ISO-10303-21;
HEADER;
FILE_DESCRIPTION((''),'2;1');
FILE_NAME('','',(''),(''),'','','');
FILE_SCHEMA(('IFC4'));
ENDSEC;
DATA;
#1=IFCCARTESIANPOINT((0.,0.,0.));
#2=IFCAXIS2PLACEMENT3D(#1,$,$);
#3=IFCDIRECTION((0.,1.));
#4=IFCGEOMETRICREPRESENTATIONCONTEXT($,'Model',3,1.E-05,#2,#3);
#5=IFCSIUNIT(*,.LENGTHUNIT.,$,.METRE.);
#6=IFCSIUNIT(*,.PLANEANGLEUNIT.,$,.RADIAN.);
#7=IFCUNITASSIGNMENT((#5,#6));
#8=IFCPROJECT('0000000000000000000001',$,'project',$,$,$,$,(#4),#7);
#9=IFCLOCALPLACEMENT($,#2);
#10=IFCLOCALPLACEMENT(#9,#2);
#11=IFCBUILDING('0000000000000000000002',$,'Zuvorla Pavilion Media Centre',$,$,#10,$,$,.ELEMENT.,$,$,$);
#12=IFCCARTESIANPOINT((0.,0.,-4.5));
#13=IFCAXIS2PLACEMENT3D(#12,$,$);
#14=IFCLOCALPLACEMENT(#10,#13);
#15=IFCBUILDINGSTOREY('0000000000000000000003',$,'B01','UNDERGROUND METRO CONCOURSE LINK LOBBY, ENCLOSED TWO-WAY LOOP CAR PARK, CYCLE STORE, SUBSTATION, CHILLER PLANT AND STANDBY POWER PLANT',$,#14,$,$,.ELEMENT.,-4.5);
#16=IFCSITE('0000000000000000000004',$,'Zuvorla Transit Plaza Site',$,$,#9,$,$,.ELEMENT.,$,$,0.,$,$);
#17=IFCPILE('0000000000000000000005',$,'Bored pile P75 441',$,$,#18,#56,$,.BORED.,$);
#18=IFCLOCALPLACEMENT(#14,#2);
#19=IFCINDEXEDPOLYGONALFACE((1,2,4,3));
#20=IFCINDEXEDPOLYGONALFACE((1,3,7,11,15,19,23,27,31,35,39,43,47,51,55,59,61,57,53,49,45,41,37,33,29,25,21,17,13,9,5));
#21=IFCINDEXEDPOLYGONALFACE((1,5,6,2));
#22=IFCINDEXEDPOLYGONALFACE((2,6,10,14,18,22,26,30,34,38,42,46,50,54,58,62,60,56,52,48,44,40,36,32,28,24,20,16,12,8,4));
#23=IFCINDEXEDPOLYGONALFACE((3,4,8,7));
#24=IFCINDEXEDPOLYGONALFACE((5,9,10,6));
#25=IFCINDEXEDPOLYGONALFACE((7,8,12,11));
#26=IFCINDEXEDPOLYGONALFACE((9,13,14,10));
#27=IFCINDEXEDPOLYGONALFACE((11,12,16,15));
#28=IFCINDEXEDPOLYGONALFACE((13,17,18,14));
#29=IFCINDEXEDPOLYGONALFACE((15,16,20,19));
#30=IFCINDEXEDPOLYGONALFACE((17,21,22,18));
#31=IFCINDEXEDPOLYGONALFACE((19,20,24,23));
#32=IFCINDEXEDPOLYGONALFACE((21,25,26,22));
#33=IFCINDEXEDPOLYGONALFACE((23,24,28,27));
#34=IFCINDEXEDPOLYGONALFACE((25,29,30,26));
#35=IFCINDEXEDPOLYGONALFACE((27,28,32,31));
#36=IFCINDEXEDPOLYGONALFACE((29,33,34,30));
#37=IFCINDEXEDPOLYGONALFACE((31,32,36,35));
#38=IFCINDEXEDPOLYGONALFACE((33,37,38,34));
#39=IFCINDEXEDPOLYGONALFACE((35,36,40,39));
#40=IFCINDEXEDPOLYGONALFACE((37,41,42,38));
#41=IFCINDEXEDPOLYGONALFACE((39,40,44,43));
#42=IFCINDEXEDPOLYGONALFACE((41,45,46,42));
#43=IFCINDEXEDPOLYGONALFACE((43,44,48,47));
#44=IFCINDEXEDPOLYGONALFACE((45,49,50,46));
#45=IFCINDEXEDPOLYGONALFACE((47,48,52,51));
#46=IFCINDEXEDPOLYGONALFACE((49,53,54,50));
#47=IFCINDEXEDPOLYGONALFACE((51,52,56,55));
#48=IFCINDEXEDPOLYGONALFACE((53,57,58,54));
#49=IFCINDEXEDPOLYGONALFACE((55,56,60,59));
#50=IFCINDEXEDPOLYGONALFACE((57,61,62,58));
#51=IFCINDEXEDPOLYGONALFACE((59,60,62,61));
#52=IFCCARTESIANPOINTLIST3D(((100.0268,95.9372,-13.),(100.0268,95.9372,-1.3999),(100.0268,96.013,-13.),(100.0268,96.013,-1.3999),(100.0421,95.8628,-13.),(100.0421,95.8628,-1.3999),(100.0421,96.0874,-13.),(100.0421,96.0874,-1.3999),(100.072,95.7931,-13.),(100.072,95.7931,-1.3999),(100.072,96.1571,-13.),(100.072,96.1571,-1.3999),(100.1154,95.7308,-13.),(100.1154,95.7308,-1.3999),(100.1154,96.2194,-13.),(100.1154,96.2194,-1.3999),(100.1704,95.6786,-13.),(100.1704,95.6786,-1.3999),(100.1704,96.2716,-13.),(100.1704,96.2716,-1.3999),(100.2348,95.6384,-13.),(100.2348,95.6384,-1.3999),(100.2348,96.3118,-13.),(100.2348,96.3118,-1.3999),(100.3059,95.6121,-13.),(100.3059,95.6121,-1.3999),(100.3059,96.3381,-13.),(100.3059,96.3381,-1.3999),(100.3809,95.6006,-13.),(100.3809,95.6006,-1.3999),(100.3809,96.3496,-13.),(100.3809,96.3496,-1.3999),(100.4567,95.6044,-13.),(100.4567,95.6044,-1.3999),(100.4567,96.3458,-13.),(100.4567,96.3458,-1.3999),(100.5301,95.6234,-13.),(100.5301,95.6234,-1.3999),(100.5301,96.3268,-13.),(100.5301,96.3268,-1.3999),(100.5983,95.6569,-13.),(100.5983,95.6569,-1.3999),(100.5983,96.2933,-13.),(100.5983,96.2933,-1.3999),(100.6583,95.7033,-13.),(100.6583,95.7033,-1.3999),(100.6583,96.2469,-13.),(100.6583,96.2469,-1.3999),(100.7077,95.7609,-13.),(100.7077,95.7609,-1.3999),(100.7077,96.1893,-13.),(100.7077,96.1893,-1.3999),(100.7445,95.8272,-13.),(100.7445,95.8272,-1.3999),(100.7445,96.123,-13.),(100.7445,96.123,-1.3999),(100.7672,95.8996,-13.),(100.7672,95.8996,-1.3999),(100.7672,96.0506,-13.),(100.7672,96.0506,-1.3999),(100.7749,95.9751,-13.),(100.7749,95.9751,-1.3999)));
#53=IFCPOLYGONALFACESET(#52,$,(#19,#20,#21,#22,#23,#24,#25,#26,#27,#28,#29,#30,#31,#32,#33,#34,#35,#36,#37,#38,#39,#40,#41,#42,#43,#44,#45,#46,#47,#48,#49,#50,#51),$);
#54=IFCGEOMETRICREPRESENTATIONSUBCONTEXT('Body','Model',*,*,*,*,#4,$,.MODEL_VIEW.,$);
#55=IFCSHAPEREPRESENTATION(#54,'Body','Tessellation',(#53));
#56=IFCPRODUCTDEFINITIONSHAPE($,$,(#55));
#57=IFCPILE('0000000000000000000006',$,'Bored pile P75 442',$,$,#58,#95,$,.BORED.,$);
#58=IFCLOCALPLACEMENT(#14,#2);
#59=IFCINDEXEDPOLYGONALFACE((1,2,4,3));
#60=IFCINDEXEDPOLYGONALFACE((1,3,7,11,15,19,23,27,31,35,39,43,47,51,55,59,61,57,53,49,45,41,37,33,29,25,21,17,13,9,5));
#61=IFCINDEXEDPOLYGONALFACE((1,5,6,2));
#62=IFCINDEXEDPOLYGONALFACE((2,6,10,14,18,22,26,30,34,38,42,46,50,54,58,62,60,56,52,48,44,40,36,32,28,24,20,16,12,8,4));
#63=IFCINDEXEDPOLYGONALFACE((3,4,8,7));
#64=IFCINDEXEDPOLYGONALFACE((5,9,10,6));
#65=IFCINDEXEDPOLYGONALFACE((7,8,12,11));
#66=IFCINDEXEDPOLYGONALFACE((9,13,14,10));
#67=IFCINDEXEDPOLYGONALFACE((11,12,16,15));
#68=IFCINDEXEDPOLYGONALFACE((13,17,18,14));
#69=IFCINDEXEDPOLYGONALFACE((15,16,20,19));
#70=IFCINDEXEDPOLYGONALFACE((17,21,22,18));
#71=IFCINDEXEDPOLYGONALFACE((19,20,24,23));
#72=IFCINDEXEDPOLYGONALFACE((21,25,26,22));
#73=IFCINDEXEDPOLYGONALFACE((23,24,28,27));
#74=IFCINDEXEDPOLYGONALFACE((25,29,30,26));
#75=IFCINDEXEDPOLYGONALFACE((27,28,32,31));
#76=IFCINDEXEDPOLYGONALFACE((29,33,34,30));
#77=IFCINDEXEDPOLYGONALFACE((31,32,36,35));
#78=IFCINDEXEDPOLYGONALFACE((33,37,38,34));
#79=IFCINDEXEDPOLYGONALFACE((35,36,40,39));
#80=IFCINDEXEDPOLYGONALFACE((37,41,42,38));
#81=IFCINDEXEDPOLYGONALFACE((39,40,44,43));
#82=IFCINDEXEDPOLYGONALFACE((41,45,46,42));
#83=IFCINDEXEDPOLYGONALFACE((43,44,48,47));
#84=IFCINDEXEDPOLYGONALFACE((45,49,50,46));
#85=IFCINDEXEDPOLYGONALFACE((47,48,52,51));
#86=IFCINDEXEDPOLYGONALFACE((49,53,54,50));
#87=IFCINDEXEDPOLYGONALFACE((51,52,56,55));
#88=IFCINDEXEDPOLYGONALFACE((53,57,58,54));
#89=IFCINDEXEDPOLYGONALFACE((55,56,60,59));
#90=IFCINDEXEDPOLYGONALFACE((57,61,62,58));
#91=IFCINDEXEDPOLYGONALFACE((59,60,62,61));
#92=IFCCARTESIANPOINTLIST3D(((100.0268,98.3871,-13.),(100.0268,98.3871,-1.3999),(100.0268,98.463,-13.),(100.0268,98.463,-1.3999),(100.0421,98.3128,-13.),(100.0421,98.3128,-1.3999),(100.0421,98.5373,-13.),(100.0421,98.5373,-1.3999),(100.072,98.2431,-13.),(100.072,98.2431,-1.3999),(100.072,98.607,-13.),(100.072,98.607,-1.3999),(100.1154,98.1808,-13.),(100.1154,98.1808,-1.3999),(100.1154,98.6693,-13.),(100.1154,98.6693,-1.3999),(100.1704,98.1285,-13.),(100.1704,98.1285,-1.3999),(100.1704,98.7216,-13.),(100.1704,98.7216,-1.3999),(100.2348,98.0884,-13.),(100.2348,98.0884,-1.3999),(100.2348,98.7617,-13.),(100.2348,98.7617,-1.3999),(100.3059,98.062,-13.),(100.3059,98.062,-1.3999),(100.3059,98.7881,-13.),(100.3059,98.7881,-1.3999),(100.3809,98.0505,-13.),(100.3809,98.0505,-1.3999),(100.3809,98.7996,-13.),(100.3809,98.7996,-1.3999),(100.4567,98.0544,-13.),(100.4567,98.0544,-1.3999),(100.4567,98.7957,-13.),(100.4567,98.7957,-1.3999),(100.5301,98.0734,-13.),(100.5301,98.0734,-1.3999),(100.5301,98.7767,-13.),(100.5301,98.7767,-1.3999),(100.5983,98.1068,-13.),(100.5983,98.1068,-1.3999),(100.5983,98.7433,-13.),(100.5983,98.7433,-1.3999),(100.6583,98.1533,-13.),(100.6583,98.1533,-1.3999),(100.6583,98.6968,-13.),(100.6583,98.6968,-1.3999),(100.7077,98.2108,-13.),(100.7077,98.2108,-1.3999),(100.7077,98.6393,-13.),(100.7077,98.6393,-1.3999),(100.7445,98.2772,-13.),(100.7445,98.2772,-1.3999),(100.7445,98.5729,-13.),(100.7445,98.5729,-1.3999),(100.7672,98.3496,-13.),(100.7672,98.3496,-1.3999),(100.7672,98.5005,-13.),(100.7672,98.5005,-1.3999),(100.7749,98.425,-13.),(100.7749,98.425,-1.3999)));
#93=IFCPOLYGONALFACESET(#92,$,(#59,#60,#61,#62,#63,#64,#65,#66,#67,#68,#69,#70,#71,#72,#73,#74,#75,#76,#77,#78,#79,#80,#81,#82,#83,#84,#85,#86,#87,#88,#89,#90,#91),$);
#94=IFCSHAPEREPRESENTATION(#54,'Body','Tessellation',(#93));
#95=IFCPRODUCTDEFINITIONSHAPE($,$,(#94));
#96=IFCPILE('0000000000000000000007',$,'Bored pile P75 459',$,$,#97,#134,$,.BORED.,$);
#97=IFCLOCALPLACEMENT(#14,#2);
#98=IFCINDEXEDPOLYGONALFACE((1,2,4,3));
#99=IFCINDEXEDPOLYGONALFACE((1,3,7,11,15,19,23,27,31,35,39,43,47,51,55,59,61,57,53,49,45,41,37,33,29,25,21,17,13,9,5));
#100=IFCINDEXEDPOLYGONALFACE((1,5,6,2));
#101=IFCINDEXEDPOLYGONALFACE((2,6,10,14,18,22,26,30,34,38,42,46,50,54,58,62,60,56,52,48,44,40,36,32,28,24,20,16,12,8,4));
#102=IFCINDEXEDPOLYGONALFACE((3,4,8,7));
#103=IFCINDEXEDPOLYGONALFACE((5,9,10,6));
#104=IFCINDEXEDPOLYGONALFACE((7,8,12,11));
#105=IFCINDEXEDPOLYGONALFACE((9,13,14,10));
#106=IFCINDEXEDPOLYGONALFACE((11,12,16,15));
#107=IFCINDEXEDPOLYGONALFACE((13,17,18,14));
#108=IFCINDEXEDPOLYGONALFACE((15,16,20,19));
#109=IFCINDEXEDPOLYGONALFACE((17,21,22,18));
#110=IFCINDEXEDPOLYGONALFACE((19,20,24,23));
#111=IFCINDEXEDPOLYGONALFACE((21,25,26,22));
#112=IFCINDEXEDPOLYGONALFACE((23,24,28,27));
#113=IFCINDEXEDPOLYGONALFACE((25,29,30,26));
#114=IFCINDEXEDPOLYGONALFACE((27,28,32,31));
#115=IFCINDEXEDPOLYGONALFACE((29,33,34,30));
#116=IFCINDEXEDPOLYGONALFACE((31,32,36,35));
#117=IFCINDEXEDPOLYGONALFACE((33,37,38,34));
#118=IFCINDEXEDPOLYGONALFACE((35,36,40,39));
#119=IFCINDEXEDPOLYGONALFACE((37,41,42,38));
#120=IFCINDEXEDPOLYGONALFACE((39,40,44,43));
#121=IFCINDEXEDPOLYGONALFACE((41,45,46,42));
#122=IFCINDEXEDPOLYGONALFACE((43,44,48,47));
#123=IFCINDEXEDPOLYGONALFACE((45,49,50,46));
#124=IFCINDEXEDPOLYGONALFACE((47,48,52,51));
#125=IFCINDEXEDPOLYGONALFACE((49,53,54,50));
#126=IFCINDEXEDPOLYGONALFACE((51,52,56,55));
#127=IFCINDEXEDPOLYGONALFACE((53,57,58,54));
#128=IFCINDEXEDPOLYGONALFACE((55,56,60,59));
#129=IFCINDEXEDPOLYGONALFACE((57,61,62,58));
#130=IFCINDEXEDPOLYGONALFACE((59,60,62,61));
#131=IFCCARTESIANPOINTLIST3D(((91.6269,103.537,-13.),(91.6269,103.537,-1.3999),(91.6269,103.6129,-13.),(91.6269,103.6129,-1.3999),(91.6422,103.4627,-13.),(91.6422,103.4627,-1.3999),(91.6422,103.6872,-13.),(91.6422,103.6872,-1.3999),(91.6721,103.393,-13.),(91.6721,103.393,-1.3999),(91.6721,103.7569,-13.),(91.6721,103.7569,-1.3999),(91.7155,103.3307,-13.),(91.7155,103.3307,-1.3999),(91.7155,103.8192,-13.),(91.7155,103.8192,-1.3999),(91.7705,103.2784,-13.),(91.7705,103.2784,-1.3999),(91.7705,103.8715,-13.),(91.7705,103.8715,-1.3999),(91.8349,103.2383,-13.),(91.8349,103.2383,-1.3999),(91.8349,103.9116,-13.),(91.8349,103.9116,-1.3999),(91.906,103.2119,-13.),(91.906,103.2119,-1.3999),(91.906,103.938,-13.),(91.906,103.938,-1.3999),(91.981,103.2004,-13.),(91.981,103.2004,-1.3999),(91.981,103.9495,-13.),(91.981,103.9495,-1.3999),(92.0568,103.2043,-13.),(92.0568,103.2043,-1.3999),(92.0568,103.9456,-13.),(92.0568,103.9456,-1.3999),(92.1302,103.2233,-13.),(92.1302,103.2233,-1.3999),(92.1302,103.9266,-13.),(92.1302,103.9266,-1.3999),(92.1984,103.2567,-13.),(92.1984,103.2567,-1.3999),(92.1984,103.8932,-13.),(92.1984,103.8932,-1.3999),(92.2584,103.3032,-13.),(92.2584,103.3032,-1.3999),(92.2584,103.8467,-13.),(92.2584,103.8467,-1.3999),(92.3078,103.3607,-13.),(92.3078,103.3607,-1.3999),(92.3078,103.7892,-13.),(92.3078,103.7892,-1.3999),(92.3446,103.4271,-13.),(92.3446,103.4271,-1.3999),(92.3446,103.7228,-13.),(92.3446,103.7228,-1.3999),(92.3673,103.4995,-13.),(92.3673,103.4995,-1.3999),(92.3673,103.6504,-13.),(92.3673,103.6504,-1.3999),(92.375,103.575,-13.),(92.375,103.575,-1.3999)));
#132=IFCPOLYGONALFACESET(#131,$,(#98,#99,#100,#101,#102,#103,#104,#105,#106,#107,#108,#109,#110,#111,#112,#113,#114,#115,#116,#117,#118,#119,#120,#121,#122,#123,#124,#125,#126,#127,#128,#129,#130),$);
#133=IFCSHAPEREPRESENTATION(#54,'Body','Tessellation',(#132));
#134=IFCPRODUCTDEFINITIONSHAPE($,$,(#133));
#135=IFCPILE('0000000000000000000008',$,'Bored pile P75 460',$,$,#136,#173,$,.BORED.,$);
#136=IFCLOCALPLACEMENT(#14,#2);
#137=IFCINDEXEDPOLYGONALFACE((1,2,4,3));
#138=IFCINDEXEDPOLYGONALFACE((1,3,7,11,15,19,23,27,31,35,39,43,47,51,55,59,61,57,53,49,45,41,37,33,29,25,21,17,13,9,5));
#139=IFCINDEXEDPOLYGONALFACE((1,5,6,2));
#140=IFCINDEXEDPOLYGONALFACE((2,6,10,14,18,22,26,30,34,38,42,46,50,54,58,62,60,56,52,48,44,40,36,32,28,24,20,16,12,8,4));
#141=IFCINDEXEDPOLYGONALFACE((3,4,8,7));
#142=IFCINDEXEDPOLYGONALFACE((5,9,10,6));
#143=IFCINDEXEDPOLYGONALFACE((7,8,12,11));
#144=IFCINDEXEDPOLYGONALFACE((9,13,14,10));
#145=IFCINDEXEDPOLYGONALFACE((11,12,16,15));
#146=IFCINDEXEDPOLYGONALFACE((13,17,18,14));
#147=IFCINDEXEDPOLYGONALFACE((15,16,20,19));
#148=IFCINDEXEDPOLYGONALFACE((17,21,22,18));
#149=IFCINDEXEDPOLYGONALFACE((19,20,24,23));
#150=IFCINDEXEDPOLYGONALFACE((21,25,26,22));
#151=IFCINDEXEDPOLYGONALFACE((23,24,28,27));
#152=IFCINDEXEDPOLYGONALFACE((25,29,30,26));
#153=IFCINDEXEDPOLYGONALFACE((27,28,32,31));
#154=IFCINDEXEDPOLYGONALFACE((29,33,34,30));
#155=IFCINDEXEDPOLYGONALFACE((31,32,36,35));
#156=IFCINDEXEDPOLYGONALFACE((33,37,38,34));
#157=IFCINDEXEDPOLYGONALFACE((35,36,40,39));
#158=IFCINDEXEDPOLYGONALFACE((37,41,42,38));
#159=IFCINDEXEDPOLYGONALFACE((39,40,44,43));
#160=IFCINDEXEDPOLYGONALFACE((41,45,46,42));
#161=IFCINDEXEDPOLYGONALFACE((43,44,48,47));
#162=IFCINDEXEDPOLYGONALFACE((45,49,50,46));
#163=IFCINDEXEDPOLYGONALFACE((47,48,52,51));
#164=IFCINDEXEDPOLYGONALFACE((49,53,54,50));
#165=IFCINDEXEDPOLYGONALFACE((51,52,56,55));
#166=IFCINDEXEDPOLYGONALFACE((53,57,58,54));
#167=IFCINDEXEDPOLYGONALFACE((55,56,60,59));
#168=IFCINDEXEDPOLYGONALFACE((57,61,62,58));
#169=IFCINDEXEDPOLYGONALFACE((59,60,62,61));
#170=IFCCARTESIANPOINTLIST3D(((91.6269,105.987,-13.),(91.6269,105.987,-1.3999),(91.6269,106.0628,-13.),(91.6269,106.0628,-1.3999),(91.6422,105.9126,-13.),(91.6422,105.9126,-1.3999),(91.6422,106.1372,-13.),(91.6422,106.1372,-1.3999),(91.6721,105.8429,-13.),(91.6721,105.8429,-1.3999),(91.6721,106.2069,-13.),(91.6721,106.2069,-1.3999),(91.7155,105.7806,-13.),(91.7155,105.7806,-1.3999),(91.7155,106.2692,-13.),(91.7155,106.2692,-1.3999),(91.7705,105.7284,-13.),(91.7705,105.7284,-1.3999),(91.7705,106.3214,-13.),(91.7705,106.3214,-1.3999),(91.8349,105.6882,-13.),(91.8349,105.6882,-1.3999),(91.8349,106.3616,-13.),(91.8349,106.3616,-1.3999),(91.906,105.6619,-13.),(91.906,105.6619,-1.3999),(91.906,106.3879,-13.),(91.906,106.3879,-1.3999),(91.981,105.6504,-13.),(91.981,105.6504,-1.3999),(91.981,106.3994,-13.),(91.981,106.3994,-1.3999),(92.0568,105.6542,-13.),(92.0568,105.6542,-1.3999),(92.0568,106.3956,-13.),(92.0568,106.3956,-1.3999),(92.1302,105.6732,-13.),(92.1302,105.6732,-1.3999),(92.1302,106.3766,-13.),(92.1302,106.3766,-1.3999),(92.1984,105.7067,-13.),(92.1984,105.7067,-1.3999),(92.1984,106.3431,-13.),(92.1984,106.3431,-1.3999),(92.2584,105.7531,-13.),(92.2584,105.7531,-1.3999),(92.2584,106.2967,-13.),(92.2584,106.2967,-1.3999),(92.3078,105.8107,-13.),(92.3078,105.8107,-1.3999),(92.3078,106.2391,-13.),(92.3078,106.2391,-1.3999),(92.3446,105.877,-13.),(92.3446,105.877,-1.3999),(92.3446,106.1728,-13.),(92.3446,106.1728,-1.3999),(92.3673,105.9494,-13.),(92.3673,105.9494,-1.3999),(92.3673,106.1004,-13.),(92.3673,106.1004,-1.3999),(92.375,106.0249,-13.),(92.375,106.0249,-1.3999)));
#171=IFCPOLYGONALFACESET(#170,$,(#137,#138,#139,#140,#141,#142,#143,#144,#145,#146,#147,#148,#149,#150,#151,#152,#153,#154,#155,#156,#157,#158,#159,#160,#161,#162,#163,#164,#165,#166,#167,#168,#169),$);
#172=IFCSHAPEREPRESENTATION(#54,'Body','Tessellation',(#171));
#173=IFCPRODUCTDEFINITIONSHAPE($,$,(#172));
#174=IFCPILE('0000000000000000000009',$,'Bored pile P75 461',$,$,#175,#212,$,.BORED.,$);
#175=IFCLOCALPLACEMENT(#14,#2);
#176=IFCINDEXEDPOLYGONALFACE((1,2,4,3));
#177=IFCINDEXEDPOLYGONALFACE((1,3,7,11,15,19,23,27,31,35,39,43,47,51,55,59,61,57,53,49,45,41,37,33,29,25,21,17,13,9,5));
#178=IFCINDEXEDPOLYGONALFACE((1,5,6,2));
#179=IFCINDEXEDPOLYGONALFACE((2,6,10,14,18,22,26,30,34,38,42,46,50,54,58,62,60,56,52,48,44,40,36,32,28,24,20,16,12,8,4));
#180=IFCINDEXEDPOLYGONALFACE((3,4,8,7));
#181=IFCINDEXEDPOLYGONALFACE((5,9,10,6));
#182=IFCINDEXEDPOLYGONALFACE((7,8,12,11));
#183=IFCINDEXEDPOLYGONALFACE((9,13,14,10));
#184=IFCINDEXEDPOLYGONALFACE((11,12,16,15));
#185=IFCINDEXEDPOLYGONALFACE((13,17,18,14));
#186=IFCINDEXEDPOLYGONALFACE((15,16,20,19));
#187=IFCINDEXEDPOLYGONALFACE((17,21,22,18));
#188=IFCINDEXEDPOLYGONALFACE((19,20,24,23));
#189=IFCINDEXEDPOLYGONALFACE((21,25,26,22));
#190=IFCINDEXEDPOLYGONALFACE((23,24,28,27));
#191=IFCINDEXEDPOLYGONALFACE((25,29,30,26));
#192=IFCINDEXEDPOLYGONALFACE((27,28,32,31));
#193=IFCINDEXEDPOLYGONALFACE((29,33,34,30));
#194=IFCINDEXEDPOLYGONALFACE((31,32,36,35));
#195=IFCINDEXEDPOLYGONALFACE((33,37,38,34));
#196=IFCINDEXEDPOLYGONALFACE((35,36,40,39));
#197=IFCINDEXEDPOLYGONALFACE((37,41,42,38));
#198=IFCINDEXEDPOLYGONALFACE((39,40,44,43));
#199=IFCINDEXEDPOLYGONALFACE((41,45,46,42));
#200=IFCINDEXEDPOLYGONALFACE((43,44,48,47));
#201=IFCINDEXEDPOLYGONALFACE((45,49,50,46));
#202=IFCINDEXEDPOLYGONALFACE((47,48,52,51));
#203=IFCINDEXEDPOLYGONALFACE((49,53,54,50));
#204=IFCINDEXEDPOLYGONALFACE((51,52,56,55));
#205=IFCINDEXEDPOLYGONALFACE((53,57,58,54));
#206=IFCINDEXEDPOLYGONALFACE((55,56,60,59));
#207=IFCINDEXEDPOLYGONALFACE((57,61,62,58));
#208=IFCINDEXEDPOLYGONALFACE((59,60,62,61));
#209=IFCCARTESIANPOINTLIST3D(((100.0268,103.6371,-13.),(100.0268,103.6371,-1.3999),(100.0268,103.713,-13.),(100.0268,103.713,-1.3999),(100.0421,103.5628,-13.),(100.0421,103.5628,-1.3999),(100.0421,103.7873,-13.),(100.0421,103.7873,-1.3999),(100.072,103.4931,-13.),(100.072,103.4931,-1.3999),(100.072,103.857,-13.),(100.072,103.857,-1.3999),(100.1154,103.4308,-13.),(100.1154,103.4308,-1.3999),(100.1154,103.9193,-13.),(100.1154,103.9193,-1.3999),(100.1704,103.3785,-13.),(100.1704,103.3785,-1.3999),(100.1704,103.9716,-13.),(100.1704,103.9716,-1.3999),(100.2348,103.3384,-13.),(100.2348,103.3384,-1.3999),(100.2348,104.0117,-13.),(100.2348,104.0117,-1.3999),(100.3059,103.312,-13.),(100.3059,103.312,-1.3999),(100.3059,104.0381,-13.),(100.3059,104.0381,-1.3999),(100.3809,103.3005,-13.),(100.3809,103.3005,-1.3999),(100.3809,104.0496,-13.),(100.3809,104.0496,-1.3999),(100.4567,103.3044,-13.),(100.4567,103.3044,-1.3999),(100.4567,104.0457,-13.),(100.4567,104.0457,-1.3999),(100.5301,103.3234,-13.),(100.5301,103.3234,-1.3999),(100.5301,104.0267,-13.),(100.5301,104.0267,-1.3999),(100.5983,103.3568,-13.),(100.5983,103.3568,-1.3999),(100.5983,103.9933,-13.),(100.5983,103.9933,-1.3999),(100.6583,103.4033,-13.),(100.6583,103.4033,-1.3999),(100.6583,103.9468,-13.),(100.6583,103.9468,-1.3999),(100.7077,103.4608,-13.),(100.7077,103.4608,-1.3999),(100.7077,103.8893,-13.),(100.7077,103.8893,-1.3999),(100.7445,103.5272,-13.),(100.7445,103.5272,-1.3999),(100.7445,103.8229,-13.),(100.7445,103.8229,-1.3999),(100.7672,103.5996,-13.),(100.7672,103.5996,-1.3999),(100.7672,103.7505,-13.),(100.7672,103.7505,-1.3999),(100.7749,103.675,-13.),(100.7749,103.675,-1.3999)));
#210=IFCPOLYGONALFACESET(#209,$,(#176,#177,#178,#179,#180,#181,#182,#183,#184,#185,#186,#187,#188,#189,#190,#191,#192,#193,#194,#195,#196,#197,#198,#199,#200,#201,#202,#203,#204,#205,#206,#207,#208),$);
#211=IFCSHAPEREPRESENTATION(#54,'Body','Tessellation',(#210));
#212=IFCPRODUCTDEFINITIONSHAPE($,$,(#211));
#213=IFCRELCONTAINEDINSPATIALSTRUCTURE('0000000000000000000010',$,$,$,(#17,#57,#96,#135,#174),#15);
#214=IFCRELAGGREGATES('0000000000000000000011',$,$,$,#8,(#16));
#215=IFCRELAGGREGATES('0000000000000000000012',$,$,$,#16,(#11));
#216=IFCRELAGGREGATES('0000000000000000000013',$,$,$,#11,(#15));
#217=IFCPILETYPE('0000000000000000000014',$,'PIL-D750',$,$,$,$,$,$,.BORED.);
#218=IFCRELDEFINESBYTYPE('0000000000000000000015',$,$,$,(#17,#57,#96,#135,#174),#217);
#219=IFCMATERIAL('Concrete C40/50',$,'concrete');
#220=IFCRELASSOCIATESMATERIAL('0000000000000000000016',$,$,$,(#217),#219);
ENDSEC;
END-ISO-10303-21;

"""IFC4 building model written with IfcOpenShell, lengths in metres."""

from ifc_helpers import new_model, si_unit, direction, frame, origin, origin_2d, place, context, subcontext, project, spatial, circle, extrude, material, material_profile, profile_set, type_object, element, save


model = new_model("IFC4")

# Units and contexts
model_context = context("Model", 3, precision=1e-05, world=origin(), true_north=direction((0.0, 1.0)))
body_context = subcontext(model_context, "Body", "Model", "MODEL_VIEW")
ifc_project = project(units=[si_unit("LENGTHUNIT", "METRE"), si_unit("PLANEANGLEUNIT", "RADIAN")], contexts=[model_context])

# Site, building, storey
site_placement = place(None, origin())
site = spatial("IfcSite", under=ifc_project, at=site_placement, Name="Zuvorla Transit Plaza Site", CompositionType="ELEMENT", RefElevation=0.0)
building_placement = place(site_placement, origin())
building = spatial("IfcBuilding", under=site, at=building_placement, Name="Zuvorla Pavilion Media Centre", CompositionType="ELEMENT")
storey_placement = place(building_placement, frame((0.0, 0.0, -4.5)))
storey = spatial("IfcBuildingStorey", under=building, at=storey_placement, Name="B01", Description="UNDERGROUND METRO CONCOURSE LINK LOBBY, ENCLOSED TWO-WAY LOOP CAR PARK, CYCLE STORE, SUBSTATION, CHILLER PLANT AND STANDBY POWER PLANT", CompositionType="ELEMENT", Elevation=-4.5)

# Shared definitions
ifc_material = material(Name="Concrete C40/50", Category="concrete")

# Piles
ifc_material_profile_1 = material_profile(ifc_material, circle(Radius=0.375, at=origin_2d()), Name="BORED PILE 750")
ifc_profile_set_1 = profile_set([ifc_material_profile_1], Name="Concrete C40/50")
pile_type = type_object("IfcPileType", Name="PIL-D750", PredefinedType="BORED", material=ifc_profile_set_1)
for number, where, z_axis, x_axis, name in (
    (1, (100.3999, 95.9751, -1.3999), (0.0, 0.0, -1.0), (1.0, 0.0, 0.0), "Bored pile P75 441"),
    (2, (100.3999, 98.425, -1.3999), (0.0, 0.0, -1.0), (1.0, 0.0, 0.0), "Bored pile P75 442"),
    (3, (92.0, 103.575, -1.3999), (0.0, 0.0, -1.0), (1.0, 0.0, 0.0), "Bored pile P75 459"),
    (4, (92.0, 106.0249, -1.3999), (0.0, 0.0, -1.0), (1.0, 0.0, 0.0), "Bored pile P75 460"),
    (5, (100.3999, 103.675, -1.3999), (0.0, 0.0, -1.0), (1.0, 0.0, 0.0), "Bored pile P75 461"),
):
    element("IfcPile", number, at=place(storey_placement, frame(where, z_axis=z_axis, x_axis=x_axis)), inside=storey, type_object=pile_type, Name=name, PredefinedType="BORED", context=body_context, shape_type="SweptSolid", body=[
        extrude(circle(Radius=0.375, at=origin_2d()), origin(), (0.0, 0.0, 1.0), 11.6001),
    ])

save(model, "model.ifc")
